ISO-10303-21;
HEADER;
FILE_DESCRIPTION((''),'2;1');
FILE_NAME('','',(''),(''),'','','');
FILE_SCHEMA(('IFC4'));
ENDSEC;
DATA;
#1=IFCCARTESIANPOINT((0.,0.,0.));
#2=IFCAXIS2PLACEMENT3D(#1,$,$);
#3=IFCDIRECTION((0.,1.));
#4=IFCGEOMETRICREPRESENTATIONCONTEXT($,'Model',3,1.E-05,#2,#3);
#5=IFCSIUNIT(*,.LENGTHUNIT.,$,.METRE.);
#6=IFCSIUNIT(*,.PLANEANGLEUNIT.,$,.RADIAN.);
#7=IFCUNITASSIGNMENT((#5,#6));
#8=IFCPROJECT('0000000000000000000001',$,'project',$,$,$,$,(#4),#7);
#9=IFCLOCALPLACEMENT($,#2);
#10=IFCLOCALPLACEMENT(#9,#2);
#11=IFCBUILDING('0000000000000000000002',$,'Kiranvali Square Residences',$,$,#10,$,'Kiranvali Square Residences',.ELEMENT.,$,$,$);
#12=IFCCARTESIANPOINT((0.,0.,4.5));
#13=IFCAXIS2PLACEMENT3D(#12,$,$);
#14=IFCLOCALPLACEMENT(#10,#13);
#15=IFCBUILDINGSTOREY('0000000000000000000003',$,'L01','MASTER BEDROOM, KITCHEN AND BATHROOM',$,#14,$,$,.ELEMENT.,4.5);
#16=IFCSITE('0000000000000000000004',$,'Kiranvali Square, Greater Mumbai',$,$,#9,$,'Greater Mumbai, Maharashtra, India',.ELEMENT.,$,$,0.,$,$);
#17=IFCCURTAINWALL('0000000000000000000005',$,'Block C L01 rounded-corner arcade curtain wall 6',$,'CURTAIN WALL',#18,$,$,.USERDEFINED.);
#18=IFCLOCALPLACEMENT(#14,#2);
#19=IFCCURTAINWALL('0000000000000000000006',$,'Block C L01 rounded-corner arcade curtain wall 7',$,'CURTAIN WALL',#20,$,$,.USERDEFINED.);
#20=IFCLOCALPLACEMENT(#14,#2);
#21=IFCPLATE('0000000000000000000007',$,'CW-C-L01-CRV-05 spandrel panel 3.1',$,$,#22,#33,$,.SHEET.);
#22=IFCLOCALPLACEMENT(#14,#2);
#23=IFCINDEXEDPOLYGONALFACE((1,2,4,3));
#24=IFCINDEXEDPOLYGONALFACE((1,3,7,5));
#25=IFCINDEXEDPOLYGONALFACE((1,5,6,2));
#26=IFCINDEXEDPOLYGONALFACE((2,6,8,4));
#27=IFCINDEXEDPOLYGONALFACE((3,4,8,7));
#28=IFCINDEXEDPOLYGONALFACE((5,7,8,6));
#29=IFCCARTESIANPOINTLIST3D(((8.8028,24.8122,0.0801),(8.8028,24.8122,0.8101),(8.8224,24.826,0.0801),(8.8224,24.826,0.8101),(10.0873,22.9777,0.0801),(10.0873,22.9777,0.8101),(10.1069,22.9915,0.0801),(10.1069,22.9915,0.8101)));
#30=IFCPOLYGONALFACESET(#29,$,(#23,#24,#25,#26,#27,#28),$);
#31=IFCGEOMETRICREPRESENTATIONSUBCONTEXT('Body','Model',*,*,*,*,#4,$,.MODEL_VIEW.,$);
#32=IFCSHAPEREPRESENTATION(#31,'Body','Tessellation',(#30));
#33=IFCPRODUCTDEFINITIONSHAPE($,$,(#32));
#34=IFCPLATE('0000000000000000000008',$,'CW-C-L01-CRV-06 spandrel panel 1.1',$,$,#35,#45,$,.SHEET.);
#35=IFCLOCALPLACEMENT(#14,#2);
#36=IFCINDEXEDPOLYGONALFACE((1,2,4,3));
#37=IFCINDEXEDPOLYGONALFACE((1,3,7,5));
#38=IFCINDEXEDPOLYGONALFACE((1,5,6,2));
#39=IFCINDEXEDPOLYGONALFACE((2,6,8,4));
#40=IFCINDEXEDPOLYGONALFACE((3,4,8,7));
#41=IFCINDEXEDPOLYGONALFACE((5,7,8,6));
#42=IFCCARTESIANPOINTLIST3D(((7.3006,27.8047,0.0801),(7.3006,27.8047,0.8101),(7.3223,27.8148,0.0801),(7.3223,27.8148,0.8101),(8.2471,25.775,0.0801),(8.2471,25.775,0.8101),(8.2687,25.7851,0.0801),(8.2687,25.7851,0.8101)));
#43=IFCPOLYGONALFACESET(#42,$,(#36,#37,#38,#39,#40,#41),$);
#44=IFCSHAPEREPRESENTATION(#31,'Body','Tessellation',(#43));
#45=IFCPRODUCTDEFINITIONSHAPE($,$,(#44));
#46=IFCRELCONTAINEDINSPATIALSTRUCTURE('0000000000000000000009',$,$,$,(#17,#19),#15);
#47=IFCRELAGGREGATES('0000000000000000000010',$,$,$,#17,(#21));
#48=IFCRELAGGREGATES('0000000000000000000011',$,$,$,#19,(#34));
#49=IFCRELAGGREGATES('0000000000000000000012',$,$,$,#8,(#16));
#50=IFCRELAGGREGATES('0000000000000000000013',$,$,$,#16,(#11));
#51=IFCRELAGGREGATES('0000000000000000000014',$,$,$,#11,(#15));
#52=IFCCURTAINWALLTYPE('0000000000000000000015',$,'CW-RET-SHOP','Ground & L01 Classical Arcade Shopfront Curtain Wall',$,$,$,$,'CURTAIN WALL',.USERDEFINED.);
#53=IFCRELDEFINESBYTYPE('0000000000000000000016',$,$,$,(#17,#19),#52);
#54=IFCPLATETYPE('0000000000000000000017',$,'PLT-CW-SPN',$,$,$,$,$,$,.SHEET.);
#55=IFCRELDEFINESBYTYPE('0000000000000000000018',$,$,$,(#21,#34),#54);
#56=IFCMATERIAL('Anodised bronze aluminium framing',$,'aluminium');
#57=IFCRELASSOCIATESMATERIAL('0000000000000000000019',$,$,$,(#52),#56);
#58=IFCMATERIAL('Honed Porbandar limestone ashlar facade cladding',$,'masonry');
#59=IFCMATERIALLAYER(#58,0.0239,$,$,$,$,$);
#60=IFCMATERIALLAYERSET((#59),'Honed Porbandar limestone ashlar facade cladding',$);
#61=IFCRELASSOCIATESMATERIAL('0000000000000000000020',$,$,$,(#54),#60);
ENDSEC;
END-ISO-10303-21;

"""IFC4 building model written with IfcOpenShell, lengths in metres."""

from ifc_helpers import new_model, si_unit, direction, frame, origin, origin_2d, place, context, subcontext, project, spatial, rectangle, extrude, material, layer, layer_set, type_object, element, aggregate, save


model = new_model("IFC4")

# Units and contexts
model_context = context("Model", 3, precision=1e-05, world=origin(), true_north=direction((0.0, 1.0)))
body_context = subcontext(model_context, "Body", "Model", "MODEL_VIEW")
ifc_project = project(units=[si_unit("LENGTHUNIT", "METRE"), si_unit("PLANEANGLEUNIT", "RADIAN")], contexts=[model_context])

# Site, building, storey
site_placement = place(None, origin())
site = spatial("IfcSite", under=ifc_project, at=site_placement, Name="Kiranvali Square, Greater Mumbai", LongName="Greater Mumbai, Maharashtra, India", CompositionType="ELEMENT", RefElevation=0.0)
building_placement = place(site_placement, origin())
building = spatial("IfcBuilding", under=site, at=building_placement, Name="Kiranvali Square Residences", LongName="Kiranvali Square Residences", CompositionType="ELEMENT")
storey_placement = place(building_placement, frame((0.0, 0.0, 4.5)))
storey = spatial("IfcBuildingStorey", under=building, at=storey_placement, Name="L01", Description="MASTER BEDROOM, KITCHEN AND BATHROOM", CompositionType="ELEMENT", Elevation=4.5)

# Curtain wall
ifc_material_1 = material(Name="Anodised bronze aluminium framing", Category="aluminium")
curtain_wall_type = type_object("IfcCurtainWallType", Name="CW-RET-SHOP", Description="Ground & L01 Classical Arcade Shopfront Curtain Wall", ElementType="CURTAIN WALL", PredefinedType="USERDEFINED", material=ifc_material_1)
curtain_wall_1_placement = place(storey_placement, origin())
curtain_wall_1 = element("IfcCurtainWall", 1, at=curtain_wall_1_placement, inside=storey, type_object=curtain_wall_type, Name="Block C L01 rounded-corner arcade curtain wall 6", ObjectType="CURTAIN WALL", PredefinedType="USERDEFINED")

# Curtain wall
curtain_wall_2_placement = place(storey_placement, origin())
curtain_wall_2 = element("IfcCurtainWall", 2, at=curtain_wall_2_placement, inside=storey, type_object=curtain_wall_type, Name="Block C L01 rounded-corner arcade curtain wall 7", ObjectType="CURTAIN WALL", PredefinedType="USERDEFINED")

# Plates
ifc_material_2 = material(Name="Honed Porbandar limestone ashlar facade cladding", Category="masonry")
ifc_layer_1 = layer(ifc_material_2, 0.0239)
ifc_layer_set_1 = layer_set([ifc_layer_1], Name="Honed Porbandar limestone ashlar facade cladding")
plate_type_1 = type_object("IfcPlateType", Name="PLT-CW-SPN", PredefinedType="SHEET", material=ifc_layer_set_1)
plate_1_placement = place(storey_placement, frame((9.4548, 23.9019, 0.0801), z_axis=(0.0, 0.0, 1.0), x_axis=(-0.573576, 0.819152, 0.0)))
plate_1 = element("IfcPlate", 3, at=plate_1_placement, type_object=plate_type_1, Name="CW-C-L01-CRV-05 spandrel panel 3.1", PredefinedType="SHEET", context=body_context, shape_type="SweptSolid", body=[
    extrude(rectangle(XDim=2.2395, YDim=0.0239, at=origin_2d()), origin(), (0.0, 0.0, 1.0), 0.73),
])
aggregate(curtain_wall_1, [plate_1])
plate_2_placement = place(storey_placement, frame((7.7847, 26.7949, 0.0801), z_axis=(0.0, 0.0, 1.0), x_axis=(-0.422618, 0.906308, 0.0)))
plate_2 = element("IfcPlate", 4, at=plate_2_placement, type_object=plate_type_1, Name="CW-C-L01-CRV-06 spandrel panel 1.1", PredefinedType="SHEET", context=body_context, shape_type="SweptSolid", body=[
    extrude(rectangle(XDim=2.2395, YDim=0.0239, at=origin_2d()), origin(), (0.0, 0.0, 1.0), 0.73),
])
aggregate(curtain_wall_2, [plate_2])

save(model, "model.ifc")
